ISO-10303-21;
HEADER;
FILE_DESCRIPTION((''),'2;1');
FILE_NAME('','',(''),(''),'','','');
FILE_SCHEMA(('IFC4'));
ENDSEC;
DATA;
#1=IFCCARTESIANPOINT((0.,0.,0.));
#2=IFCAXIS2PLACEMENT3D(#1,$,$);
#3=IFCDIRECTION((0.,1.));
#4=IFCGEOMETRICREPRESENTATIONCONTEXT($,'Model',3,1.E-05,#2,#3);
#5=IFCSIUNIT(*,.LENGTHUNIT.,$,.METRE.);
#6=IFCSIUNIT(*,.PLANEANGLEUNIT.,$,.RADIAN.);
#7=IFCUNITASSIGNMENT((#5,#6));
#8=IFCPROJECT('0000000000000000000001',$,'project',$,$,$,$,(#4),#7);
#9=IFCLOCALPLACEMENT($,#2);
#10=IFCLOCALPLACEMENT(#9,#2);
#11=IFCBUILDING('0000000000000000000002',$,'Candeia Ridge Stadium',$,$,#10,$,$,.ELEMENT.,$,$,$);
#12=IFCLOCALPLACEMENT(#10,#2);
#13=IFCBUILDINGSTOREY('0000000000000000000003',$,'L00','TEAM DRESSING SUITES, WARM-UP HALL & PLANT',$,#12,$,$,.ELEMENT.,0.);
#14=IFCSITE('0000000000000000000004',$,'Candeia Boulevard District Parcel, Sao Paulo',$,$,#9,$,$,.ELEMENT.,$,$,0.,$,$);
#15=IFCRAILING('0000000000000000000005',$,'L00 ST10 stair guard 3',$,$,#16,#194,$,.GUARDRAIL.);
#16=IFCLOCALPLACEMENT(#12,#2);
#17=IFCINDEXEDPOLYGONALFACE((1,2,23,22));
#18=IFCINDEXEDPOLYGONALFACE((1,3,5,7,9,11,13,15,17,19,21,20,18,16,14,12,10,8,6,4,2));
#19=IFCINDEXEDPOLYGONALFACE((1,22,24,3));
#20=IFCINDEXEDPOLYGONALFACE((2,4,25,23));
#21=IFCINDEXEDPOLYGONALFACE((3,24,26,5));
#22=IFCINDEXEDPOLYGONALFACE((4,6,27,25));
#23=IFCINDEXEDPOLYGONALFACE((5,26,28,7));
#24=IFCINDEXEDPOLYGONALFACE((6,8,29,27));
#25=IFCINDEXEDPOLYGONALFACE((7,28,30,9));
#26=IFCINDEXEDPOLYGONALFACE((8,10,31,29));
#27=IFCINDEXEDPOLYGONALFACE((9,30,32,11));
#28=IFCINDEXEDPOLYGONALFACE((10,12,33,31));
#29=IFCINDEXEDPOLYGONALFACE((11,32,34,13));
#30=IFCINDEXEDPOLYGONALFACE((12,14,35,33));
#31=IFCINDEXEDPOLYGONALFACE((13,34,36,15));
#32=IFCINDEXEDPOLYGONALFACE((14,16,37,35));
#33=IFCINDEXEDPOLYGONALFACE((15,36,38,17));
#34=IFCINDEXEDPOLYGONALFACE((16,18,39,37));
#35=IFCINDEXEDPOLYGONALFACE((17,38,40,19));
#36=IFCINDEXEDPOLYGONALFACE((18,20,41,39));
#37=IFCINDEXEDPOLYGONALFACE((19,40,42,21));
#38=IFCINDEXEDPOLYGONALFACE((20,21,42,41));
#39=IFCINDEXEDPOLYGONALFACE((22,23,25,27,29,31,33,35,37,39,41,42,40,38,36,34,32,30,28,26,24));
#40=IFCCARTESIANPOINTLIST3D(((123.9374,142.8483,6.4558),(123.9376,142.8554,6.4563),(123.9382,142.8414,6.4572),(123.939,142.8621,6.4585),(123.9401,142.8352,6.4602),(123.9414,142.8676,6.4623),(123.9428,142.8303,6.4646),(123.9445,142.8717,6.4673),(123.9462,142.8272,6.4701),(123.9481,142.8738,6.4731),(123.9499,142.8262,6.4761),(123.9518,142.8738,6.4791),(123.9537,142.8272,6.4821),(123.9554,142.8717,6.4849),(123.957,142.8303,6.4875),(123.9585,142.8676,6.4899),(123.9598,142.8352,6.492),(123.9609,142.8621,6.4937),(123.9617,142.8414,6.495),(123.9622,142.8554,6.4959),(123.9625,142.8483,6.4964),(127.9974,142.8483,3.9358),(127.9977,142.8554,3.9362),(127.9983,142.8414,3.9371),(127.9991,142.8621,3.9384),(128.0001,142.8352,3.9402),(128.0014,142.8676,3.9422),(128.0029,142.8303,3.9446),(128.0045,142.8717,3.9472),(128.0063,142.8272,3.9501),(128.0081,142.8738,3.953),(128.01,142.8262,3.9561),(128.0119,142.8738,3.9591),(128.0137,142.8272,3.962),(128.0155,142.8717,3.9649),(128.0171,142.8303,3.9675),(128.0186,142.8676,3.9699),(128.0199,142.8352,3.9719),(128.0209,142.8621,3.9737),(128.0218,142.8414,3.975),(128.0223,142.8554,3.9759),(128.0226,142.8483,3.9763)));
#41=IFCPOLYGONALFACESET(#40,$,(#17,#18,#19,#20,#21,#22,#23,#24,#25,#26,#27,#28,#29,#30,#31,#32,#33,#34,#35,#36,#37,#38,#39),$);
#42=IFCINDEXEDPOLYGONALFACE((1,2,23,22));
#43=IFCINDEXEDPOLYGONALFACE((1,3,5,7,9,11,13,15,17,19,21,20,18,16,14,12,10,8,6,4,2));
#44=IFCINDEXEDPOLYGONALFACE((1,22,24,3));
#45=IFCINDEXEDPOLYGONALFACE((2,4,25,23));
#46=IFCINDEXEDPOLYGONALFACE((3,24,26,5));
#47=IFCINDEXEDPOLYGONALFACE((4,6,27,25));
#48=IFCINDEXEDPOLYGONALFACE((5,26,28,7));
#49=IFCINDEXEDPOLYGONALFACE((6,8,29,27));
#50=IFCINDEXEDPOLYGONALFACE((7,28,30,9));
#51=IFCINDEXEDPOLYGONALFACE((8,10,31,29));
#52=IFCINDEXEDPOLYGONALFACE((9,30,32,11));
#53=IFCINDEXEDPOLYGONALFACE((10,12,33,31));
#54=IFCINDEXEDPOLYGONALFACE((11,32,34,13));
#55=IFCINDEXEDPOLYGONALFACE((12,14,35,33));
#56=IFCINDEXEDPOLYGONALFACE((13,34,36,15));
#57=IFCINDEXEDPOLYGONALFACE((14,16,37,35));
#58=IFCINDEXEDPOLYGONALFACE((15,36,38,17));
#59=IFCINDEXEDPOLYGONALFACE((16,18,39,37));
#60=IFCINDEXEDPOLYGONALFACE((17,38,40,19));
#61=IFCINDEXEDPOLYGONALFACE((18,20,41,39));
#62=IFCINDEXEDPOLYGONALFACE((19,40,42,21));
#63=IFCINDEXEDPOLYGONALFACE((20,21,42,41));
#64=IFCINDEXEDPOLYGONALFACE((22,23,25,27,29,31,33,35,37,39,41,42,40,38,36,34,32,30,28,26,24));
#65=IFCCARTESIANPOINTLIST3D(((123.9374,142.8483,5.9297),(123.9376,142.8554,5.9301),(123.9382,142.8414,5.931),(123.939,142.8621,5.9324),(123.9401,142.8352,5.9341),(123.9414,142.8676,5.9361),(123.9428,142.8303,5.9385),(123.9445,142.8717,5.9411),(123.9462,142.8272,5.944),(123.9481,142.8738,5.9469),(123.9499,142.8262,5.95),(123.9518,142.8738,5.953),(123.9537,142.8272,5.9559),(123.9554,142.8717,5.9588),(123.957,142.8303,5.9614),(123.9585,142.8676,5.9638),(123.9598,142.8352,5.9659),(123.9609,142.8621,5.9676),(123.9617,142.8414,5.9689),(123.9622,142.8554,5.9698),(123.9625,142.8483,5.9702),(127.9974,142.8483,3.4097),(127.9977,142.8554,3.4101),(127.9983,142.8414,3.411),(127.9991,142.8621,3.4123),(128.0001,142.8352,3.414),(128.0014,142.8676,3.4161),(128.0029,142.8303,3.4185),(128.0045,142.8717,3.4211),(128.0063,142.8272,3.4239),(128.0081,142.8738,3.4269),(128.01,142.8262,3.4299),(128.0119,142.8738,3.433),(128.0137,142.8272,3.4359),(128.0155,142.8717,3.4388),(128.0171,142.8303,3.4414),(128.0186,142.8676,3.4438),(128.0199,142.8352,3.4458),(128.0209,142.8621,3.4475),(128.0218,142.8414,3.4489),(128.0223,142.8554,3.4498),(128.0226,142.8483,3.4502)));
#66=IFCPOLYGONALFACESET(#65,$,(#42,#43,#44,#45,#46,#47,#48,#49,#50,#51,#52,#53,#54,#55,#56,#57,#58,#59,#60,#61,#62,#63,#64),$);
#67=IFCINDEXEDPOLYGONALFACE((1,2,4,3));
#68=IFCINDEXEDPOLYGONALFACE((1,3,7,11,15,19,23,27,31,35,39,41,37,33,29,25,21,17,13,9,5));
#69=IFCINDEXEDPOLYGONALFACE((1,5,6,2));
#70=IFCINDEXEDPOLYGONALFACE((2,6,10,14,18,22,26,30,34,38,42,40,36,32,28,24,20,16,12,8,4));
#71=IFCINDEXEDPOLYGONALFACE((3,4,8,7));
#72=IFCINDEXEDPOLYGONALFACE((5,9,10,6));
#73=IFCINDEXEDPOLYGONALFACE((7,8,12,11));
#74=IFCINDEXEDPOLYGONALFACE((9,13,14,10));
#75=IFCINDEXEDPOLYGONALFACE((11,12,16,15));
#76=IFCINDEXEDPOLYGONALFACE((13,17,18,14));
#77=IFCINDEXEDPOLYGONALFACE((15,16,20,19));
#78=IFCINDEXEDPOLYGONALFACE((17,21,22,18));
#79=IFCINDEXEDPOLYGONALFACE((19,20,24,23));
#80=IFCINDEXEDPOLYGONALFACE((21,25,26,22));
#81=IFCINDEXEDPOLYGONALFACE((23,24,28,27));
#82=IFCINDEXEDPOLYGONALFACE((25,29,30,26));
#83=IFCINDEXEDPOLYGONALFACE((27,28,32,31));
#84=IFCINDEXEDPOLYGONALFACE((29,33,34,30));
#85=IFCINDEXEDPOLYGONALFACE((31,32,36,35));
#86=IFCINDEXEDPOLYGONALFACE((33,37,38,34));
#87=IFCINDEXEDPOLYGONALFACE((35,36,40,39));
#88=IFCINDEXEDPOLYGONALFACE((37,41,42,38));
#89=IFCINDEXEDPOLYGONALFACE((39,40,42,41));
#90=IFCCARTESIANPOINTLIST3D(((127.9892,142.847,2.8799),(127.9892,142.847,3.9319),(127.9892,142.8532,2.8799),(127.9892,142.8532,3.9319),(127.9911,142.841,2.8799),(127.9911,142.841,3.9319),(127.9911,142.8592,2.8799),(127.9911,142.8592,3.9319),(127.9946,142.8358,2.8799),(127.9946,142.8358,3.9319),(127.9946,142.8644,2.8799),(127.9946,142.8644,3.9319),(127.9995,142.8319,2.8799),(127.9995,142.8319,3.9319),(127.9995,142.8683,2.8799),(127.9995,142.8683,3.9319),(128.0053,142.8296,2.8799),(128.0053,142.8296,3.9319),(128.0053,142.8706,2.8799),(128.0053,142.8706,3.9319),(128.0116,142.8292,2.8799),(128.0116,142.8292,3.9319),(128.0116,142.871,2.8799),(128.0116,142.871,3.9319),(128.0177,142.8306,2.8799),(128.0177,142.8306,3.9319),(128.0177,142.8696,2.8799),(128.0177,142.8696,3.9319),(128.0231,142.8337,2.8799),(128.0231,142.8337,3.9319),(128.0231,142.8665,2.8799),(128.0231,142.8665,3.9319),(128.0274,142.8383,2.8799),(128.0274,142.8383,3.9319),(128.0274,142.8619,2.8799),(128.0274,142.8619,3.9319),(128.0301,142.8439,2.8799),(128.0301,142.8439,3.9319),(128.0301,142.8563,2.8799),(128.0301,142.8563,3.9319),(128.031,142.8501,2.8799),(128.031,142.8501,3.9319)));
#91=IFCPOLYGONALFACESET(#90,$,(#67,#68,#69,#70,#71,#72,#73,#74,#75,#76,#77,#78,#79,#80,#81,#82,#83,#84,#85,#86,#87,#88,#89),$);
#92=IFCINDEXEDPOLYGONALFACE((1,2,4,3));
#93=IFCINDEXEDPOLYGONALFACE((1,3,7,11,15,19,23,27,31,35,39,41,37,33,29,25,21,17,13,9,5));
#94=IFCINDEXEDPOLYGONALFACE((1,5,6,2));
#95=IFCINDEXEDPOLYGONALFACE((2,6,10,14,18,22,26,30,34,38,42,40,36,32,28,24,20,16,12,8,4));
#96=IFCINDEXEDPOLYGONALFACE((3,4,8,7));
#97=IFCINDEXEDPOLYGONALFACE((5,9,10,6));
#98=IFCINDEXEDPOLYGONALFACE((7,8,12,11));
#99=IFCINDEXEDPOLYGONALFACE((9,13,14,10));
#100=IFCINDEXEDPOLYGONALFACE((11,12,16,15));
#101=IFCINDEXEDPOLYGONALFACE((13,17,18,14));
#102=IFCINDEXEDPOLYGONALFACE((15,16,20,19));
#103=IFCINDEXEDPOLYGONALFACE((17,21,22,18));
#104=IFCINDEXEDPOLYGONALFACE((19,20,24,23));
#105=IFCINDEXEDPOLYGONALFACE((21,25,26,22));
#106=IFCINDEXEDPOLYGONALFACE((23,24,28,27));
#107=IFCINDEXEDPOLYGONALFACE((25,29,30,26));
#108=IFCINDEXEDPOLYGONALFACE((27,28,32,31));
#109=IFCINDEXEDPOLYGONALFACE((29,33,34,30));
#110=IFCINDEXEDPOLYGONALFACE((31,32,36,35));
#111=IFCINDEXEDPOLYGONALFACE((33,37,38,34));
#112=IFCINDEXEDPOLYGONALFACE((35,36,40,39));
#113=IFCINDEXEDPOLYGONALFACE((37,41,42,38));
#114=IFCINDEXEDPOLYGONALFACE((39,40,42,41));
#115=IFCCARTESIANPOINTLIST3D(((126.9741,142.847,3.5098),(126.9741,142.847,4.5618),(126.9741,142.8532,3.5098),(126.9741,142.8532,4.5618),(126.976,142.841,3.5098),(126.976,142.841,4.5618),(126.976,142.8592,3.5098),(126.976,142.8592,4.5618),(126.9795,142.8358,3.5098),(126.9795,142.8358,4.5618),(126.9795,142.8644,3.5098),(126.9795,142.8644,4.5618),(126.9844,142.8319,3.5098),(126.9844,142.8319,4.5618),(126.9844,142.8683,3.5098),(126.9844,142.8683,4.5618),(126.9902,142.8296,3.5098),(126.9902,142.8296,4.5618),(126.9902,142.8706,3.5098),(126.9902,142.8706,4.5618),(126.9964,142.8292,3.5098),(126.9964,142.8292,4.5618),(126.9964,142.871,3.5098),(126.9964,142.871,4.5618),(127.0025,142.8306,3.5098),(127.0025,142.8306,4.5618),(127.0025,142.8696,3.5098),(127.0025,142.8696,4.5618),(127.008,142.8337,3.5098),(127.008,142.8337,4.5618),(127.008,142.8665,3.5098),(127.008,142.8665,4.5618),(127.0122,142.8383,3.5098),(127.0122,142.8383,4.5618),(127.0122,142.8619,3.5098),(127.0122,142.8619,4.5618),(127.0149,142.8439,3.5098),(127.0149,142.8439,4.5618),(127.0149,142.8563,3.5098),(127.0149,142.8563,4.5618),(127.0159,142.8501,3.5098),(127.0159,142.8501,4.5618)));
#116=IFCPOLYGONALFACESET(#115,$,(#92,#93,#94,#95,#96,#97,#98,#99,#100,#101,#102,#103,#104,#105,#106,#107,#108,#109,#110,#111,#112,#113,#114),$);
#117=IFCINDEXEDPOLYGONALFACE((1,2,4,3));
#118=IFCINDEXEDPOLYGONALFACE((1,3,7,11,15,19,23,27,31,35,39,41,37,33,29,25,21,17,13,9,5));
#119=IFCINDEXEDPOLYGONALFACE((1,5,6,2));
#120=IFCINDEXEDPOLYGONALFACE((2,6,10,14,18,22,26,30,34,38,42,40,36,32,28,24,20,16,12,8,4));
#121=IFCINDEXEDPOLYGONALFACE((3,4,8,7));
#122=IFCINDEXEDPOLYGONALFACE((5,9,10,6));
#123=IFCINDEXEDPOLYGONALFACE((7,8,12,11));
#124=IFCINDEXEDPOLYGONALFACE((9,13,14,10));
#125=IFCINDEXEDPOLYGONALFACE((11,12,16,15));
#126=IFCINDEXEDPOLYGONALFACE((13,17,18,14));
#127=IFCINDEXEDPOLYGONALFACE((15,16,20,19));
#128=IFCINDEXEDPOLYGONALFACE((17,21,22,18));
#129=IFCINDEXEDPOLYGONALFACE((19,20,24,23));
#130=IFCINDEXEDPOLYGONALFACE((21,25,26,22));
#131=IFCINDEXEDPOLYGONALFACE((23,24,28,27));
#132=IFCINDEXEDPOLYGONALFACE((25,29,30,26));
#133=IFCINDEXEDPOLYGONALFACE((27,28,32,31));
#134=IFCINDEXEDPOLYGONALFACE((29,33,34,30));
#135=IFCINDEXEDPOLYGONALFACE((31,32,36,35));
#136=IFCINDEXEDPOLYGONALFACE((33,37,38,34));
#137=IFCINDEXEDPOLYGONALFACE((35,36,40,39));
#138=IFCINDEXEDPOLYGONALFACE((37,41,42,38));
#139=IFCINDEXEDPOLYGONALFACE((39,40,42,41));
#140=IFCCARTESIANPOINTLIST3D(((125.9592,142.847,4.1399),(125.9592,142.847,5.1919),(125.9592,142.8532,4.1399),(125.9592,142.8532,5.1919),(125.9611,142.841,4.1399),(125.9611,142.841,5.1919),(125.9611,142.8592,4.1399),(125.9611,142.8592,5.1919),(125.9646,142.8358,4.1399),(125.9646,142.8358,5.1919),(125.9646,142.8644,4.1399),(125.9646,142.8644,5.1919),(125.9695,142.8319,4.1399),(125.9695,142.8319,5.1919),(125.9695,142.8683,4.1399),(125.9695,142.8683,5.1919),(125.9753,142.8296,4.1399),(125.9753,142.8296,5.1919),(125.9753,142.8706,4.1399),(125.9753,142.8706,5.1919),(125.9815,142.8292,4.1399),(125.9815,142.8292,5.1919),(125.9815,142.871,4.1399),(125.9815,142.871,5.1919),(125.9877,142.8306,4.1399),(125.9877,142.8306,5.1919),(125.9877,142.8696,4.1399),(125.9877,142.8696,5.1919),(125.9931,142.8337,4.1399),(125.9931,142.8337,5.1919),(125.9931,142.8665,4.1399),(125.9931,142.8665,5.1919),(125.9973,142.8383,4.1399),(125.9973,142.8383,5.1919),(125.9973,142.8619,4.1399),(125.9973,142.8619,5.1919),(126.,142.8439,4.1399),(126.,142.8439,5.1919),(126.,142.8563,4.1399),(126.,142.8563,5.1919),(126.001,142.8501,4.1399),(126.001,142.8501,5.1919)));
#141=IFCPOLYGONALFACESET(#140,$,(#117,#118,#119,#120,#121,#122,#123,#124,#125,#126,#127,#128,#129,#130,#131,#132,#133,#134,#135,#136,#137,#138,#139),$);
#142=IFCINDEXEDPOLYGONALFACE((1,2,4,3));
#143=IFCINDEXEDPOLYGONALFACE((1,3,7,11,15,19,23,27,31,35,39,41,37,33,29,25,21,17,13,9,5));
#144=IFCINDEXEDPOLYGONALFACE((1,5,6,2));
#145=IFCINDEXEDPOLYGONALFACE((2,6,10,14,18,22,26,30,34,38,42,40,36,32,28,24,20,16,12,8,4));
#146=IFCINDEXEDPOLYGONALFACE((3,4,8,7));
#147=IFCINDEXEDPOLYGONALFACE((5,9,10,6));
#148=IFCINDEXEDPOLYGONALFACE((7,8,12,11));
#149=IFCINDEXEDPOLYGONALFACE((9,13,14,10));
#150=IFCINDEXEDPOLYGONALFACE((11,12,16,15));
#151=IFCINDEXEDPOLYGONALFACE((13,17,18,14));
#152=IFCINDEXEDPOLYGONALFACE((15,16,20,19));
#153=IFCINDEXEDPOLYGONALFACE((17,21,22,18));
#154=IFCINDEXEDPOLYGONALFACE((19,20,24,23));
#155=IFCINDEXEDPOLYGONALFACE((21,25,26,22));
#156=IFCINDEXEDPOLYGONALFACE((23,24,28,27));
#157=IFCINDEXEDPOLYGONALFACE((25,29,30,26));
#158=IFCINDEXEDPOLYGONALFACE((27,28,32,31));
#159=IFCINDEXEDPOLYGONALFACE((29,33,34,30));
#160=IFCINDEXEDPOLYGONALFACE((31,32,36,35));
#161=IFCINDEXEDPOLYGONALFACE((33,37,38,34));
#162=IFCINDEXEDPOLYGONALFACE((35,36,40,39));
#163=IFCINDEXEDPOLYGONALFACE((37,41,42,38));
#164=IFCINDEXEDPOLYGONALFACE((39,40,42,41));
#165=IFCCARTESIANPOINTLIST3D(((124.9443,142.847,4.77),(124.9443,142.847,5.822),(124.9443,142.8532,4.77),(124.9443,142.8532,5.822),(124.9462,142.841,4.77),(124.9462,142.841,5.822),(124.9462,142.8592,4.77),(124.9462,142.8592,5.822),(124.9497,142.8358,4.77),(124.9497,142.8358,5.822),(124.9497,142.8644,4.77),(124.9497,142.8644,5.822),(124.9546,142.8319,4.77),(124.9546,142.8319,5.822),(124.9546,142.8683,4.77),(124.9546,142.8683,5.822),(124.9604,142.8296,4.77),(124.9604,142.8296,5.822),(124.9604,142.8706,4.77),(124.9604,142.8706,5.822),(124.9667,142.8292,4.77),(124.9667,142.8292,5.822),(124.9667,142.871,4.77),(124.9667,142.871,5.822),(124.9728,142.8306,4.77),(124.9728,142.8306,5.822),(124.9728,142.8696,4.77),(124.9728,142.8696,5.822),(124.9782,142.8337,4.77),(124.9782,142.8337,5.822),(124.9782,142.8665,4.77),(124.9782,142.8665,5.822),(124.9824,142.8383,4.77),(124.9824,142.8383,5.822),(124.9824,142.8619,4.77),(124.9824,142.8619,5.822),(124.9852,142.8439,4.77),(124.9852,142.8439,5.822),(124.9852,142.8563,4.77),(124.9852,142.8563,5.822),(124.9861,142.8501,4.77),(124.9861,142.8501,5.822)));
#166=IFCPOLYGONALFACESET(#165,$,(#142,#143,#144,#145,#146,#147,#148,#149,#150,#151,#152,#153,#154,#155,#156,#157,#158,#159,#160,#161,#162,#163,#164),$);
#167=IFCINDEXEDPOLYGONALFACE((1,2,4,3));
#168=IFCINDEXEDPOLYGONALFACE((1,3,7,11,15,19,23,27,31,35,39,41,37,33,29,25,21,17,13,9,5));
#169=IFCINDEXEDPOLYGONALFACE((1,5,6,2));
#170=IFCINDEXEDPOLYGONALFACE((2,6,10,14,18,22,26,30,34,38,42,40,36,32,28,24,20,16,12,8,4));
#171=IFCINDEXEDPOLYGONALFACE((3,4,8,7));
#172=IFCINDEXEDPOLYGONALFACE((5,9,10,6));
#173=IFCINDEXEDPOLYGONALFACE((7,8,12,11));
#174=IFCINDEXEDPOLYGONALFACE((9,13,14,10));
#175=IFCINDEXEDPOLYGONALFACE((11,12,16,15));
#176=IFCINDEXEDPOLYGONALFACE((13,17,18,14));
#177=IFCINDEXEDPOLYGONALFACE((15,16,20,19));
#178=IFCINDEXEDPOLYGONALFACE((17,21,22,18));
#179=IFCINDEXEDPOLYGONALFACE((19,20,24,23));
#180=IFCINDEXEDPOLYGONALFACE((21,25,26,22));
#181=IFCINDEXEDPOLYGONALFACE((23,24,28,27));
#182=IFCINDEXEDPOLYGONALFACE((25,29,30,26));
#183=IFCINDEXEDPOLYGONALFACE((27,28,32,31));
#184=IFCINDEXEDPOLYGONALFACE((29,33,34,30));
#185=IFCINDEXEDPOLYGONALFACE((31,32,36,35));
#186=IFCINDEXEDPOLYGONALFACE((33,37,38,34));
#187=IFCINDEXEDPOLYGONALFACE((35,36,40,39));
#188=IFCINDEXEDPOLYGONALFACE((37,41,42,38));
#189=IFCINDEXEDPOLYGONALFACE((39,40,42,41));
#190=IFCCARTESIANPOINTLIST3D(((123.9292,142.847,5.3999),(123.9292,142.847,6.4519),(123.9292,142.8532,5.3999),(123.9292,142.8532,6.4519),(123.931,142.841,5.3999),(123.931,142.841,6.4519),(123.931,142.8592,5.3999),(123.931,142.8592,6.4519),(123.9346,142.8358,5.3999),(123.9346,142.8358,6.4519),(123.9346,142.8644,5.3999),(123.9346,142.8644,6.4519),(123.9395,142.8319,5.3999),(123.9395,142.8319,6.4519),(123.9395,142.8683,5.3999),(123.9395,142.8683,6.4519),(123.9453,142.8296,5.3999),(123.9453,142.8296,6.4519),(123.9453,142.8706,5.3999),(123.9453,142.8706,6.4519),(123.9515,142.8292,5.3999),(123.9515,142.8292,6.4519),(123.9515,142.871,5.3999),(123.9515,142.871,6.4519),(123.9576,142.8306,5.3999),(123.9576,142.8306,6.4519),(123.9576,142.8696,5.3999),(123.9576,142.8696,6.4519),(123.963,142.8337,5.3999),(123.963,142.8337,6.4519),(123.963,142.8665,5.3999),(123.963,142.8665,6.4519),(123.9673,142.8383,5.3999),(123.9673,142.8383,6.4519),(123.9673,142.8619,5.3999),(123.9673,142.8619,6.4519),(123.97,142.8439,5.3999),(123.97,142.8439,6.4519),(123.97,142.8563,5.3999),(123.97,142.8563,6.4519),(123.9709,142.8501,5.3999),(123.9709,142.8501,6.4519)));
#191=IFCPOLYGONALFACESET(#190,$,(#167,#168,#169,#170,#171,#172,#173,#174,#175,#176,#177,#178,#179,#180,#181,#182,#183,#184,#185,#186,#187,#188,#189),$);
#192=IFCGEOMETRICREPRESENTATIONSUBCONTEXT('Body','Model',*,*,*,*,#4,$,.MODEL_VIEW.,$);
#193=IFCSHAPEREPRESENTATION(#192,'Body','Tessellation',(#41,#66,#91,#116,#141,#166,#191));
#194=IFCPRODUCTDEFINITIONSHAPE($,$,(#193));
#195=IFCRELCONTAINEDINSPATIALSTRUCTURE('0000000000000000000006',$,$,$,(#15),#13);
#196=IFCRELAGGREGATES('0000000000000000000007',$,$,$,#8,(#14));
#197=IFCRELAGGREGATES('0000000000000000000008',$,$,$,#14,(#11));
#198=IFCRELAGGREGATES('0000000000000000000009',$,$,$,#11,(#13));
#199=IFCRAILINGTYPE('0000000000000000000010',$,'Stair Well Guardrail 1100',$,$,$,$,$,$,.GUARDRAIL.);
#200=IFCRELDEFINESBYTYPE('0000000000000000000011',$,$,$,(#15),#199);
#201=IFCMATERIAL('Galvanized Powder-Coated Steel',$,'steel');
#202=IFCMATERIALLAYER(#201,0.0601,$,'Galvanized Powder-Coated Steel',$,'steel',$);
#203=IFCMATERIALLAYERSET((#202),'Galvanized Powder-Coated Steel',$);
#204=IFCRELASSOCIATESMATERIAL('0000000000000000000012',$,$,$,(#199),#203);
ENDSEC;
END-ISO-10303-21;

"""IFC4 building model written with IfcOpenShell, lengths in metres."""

from ifc_helpers import new_model, si_unit, direction, frame, origin, origin_2d, place, context, subcontext, project, spatial, circle, extrude, material, layer, layer_set, type_object, element, save


model = new_model("IFC4")

# Units and contexts
model_context = context("Model", 3, precision=1e-05, world=origin(), true_north=direction((0.0, 1.0)))
body_context = subcontext(model_context, "Body", "Model", "MODEL_VIEW")
ifc_project = project(units=[si_unit("LENGTHUNIT", "METRE"), si_unit("PLANEANGLEUNIT", "RADIAN")], contexts=[model_context])

# Site, building, storey
site_placement = place(None, origin())
site = spatial("IfcSite", under=ifc_project, at=site_placement, Name="Candeia Boulevard District Parcel, Sao Paulo", CompositionType="ELEMENT", RefElevation=0.0)
building_placement = place(site_placement, origin())
building = spatial("IfcBuilding", under=site, at=building_placement, Name="Candeia Ridge Stadium", CompositionType="ELEMENT")
storey_placement = place(building_placement, origin())
storey = spatial("IfcBuildingStorey", under=building, at=storey_placement, Name="L00", Description="TEAM DRESSING SUITES, WARM-UP HALL & PLANT", CompositionType="ELEMENT", Elevation=0.0)

# Railing
ifc_material_1 = material(Name="Galvanized Powder-Coated Steel", Category="steel")
ifc_layer_1 = layer(ifc_material_1, 0.0601, Name="Galvanized Powder-Coated Steel", Category="steel")
ifc_layer_set_1 = layer_set([ifc_layer_1], Name="Galvanized Powder-Coated Steel")
railing_type_1 = type_object("IfcRailingType", Name="Stair Well Guardrail 1100", PredefinedType="GUARDRAIL", material=ifc_layer_set_1)
railing_1_placement = place(storey_placement, frame((128.01, 142.8501, 2.8799)))
element("IfcRailing", 1, at=railing_1_placement, inside=storey, type_object=railing_type_1, Name="L00 ST10 stair guard 3", PredefinedType="GUARDRAIL", context=body_context, shape_type="SweptSolid", body=[
    extrude(circle(Radius=0.0239, at=origin_2d()), frame((0.0, 0.0, 1.0762), z_axis=(-0.849642, 0.0, 0.52736), x_axis=(0.0, -1.0, 0.0)), (0.0, 0.0, 1.0), 4.7786),
    extrude(circle(Radius=0.0239, at=origin_2d()), frame((0.0, 0.0, 0.55), z_axis=(-0.849642, 0.0, 0.52736), x_axis=(0.0, -1.0, 0.0)), (0.0, 0.0, 1.0), 4.7786),
    extrude(circle(Radius=0.021, at=origin_2d()), origin(), (0.0, 0.0, 1.0), 1.052),
    extrude(circle(Radius=0.021, at=origin_2d()), frame((-1.0151, 0.0, 0.6299)), (0.0, 0.0, 1.0), 1.052),
    extrude(circle(Radius=0.021, at=origin_2d()), frame((-2.03, 0.0, 1.26)), (0.0, 0.0, 1.0), 1.052),
    extrude(circle(Radius=0.021, at=origin_2d()), frame((-3.0449, 0.0, 1.8901)), (0.0, 0.0, 1.0), 1.052),
    extrude(circle(Radius=0.021, at=origin_2d()), frame((-4.0601, 0.0, 2.52)), (0.0, 0.0, 1.0), 1.052),
])

save(model, "model.ifc")
